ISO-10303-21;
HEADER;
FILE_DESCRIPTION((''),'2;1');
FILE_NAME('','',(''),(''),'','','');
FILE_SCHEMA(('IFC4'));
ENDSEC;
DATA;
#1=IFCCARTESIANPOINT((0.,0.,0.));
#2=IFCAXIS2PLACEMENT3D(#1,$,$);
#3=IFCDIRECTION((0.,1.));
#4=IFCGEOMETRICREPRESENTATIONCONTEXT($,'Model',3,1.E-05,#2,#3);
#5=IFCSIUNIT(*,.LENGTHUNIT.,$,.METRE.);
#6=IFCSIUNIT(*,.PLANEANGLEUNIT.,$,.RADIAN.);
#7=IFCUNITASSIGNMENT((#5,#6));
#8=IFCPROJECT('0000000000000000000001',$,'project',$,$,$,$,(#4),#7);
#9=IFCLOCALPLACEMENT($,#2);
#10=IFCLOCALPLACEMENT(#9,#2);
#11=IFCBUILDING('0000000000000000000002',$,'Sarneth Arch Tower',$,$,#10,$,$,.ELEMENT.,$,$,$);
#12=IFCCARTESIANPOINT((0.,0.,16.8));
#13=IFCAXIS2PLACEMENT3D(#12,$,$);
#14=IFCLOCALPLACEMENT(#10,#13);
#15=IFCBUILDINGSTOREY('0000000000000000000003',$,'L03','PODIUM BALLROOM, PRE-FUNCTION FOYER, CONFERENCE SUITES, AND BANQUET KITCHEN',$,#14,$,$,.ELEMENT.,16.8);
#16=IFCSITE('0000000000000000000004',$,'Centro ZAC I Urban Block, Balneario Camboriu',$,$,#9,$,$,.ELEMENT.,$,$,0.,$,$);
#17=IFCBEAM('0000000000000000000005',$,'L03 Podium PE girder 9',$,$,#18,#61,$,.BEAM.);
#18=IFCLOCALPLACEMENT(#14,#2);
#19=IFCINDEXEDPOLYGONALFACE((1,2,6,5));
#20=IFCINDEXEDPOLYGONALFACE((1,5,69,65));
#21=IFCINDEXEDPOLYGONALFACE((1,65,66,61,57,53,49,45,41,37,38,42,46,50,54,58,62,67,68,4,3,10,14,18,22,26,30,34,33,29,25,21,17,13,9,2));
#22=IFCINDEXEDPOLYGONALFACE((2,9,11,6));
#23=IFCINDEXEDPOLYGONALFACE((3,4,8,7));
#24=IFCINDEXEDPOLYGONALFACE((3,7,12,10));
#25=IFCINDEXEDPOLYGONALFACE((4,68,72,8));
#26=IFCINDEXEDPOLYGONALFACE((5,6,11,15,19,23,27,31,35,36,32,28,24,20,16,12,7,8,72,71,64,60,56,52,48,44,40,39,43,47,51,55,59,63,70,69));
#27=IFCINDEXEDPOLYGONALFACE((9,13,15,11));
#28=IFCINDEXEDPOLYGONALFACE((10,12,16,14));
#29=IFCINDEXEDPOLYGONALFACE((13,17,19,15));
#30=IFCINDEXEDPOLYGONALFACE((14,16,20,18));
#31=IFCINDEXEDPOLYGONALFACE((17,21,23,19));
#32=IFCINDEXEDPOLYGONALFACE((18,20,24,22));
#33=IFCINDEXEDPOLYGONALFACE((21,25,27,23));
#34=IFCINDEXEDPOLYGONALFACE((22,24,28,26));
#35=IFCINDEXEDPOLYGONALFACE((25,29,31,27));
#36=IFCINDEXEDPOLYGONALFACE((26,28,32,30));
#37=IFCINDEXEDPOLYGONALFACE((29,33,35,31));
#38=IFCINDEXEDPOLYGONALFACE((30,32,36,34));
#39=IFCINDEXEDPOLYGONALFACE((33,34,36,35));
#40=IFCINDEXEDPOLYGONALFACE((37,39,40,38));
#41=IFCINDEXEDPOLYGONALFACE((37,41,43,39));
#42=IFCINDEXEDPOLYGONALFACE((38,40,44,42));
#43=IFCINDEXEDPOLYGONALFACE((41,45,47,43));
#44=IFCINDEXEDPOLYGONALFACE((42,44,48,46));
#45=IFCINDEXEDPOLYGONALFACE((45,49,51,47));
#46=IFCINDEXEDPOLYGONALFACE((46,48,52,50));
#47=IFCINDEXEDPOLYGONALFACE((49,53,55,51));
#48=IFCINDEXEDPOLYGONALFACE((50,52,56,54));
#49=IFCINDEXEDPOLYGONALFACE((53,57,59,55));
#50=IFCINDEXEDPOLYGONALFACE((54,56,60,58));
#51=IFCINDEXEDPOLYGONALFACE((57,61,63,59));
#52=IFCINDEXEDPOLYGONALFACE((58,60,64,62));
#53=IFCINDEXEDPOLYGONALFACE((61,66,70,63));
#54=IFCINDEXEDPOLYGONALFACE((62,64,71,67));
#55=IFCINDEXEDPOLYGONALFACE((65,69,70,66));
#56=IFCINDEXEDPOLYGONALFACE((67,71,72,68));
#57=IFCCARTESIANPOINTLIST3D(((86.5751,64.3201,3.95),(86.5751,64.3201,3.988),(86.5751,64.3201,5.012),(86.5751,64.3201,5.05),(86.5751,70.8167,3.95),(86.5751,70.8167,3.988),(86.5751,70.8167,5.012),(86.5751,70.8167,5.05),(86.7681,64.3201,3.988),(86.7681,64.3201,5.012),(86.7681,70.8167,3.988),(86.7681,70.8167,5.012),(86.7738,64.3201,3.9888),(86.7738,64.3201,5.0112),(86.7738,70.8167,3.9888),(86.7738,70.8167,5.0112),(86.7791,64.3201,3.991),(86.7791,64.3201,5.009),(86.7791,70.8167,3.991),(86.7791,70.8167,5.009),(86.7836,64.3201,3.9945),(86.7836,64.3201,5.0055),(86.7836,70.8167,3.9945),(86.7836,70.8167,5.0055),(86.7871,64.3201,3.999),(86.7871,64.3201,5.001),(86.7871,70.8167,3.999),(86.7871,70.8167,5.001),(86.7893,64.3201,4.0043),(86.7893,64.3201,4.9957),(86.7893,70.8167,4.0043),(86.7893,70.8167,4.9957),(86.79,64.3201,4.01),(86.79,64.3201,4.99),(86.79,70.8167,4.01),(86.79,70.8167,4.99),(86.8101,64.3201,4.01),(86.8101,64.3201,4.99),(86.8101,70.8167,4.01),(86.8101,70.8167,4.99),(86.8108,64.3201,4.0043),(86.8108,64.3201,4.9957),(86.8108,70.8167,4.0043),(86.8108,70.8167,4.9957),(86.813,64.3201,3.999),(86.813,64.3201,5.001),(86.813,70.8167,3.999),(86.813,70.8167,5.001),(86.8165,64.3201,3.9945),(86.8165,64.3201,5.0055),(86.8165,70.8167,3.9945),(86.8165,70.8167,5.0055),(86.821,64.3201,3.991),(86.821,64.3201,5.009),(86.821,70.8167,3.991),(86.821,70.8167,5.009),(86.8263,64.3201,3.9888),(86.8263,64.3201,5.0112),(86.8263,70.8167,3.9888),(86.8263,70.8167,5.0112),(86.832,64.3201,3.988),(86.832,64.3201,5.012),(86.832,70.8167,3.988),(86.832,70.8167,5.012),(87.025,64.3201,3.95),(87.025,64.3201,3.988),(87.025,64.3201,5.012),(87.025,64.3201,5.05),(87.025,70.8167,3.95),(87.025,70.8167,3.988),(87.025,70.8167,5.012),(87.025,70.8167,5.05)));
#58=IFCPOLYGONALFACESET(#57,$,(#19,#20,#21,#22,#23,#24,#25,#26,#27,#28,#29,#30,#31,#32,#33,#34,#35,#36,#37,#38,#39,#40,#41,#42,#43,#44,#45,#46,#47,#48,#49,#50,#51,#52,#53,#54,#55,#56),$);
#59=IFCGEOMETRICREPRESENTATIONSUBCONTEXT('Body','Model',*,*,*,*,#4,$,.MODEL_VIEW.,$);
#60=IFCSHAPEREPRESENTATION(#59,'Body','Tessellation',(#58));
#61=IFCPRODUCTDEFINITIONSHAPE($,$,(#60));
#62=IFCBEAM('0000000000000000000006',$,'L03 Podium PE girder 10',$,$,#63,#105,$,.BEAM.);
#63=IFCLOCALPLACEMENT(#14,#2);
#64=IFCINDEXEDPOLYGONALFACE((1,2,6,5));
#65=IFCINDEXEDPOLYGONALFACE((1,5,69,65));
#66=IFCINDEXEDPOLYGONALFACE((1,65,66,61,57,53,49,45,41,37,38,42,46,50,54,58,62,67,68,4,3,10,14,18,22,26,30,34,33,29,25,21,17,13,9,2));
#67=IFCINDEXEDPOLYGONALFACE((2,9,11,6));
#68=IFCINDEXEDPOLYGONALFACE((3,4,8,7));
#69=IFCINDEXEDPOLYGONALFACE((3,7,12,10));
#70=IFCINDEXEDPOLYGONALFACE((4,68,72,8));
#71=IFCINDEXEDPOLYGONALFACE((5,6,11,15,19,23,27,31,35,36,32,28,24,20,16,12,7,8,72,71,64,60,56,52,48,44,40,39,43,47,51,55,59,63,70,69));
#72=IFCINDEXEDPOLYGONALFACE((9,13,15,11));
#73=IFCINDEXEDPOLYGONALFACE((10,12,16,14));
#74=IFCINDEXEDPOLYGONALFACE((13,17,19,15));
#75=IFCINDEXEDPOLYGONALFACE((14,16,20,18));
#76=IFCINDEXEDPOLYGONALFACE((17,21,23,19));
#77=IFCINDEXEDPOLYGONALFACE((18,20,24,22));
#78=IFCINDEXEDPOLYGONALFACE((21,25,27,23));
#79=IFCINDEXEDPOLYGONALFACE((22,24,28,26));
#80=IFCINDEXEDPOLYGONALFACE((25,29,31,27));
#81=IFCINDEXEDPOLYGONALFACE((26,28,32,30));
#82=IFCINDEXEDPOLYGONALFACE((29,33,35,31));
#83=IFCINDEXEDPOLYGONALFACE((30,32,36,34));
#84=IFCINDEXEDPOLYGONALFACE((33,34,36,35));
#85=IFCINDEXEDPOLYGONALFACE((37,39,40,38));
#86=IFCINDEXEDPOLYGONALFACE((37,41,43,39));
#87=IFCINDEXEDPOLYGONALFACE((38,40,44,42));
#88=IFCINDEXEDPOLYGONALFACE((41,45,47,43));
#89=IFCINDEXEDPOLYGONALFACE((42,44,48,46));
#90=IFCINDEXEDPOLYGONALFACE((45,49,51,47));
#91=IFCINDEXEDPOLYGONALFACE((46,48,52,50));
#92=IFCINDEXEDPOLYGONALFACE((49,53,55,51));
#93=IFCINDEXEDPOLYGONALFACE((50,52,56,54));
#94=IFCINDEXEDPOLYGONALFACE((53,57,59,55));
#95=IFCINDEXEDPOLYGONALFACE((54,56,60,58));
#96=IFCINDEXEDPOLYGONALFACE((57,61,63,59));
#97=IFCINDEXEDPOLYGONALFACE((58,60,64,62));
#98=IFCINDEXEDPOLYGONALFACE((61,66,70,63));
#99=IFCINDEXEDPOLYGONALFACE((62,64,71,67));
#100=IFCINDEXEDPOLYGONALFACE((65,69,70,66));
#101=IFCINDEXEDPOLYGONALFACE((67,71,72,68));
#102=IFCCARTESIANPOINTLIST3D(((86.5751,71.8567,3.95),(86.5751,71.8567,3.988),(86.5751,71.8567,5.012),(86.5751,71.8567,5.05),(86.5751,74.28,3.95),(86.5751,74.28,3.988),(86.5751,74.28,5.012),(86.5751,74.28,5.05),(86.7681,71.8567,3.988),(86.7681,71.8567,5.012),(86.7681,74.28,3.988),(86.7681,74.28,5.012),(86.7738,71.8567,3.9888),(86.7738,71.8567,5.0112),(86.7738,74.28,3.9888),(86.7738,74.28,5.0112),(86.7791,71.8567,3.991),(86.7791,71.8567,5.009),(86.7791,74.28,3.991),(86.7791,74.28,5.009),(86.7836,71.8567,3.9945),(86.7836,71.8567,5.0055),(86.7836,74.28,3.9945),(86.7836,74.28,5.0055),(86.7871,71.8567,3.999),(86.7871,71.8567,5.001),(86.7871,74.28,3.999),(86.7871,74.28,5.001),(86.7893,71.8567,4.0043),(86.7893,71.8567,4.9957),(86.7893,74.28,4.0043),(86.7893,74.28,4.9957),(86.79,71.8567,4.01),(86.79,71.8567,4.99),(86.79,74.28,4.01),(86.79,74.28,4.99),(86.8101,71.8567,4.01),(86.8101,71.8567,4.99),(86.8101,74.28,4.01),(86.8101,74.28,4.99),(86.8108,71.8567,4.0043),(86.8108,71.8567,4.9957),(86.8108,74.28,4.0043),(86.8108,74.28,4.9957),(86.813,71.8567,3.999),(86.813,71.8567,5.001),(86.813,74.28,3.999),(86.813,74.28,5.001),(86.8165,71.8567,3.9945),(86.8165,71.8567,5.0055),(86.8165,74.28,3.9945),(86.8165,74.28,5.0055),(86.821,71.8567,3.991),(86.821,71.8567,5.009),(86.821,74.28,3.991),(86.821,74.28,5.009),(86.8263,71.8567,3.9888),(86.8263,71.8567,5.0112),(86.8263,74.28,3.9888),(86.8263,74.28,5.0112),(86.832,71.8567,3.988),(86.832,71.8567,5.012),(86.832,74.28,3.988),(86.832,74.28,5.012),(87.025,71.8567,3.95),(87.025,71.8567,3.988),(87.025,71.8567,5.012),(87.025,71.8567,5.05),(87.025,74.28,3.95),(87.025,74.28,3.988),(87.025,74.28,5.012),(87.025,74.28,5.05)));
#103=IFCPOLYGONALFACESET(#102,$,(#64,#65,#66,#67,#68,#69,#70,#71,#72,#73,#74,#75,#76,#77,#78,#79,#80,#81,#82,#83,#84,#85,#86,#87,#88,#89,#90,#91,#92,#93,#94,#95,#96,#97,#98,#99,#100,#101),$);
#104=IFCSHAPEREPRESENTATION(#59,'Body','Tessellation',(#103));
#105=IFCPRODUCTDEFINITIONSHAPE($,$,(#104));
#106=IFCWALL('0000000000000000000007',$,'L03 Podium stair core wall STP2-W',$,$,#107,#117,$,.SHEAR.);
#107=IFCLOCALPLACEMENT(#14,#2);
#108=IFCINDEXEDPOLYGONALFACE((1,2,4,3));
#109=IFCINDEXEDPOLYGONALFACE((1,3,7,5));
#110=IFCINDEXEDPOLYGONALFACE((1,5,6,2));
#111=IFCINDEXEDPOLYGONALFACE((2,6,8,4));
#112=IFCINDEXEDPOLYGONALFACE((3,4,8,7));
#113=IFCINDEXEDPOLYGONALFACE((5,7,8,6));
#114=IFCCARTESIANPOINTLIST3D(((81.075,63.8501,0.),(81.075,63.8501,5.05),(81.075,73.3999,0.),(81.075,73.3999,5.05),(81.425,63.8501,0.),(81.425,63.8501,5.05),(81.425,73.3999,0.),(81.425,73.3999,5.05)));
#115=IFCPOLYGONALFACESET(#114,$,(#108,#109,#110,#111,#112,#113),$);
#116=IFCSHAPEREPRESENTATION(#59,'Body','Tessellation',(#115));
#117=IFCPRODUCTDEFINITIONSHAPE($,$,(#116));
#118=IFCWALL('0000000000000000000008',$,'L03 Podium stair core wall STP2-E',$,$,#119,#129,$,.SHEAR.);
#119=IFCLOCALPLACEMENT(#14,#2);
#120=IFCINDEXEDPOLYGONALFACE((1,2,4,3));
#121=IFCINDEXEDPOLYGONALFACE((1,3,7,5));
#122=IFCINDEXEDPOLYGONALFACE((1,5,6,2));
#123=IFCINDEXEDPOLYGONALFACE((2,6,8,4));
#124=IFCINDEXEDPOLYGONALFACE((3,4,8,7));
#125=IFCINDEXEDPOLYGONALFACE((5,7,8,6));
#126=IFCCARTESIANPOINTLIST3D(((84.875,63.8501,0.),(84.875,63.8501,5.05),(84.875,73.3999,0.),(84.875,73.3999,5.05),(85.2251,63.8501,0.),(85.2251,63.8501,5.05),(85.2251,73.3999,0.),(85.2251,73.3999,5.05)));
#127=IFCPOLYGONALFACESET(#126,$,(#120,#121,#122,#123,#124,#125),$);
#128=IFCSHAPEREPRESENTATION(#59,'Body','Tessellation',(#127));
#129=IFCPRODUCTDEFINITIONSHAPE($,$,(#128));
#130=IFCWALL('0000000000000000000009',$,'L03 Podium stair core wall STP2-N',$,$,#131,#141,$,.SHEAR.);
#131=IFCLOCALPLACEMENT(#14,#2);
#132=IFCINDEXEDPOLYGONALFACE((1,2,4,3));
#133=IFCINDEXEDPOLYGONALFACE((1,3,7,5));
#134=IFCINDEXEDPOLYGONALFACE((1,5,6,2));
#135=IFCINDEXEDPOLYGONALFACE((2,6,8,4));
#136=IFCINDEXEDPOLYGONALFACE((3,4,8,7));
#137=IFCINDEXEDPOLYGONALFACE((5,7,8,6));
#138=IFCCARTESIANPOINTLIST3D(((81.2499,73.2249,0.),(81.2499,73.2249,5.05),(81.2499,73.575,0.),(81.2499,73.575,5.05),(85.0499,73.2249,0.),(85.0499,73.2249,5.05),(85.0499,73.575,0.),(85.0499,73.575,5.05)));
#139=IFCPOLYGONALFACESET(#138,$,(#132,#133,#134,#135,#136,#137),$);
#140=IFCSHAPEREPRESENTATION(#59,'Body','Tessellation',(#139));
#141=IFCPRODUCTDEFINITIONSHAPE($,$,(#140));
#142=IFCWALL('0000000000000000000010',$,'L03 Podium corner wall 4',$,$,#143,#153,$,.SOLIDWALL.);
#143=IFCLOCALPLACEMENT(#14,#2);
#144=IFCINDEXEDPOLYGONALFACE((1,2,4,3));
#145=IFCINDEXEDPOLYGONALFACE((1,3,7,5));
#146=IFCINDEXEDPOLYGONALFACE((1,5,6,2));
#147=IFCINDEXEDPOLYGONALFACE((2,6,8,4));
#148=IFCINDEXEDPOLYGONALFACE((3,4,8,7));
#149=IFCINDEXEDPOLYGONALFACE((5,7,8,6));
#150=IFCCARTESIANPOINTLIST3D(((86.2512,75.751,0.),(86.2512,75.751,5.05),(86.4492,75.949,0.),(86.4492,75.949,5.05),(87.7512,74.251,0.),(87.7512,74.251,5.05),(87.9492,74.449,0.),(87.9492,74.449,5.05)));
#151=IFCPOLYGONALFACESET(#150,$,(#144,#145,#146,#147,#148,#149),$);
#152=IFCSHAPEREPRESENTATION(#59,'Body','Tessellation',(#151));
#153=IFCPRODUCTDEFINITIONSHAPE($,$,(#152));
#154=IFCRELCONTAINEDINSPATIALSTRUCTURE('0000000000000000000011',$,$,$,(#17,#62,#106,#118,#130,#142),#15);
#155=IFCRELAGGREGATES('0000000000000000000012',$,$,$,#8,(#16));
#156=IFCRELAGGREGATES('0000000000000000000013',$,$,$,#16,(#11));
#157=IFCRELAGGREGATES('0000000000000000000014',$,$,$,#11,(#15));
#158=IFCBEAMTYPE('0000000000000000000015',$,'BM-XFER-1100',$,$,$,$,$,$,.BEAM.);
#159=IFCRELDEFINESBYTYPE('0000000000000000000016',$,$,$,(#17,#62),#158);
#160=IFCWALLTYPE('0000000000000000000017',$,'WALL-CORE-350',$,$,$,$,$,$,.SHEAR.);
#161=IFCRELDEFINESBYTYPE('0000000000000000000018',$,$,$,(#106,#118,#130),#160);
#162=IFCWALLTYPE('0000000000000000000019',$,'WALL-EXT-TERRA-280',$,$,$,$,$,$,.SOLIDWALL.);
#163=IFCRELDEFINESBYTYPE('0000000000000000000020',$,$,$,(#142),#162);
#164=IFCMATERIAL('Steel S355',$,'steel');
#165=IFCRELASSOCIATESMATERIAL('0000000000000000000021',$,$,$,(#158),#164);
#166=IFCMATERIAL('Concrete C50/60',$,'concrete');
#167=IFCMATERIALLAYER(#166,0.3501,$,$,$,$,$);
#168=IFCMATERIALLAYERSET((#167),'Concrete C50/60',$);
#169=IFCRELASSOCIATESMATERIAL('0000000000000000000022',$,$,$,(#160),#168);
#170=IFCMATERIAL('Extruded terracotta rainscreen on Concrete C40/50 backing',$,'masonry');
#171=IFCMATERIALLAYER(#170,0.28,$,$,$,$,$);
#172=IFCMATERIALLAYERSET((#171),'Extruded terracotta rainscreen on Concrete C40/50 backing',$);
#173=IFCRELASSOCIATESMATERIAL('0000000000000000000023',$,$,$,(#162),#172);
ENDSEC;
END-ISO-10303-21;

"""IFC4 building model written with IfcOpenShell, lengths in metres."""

from ifc_helpers import new_model, si_unit, direction, frame, frame_2d, origin, origin_2d, place, context, subcontext, project, spatial, rectangle, i_section, extrude, material, layer, layer_set, material_profile, profile_set, type_object, element, save


model = new_model("IFC4")

# Units and contexts
model_context = context("Model", 3, precision=1e-05, world=origin(), true_north=direction((0.0, 1.0)))
body_context = subcontext(model_context, "Body", "Model", "MODEL_VIEW")
ifc_project = project(units=[si_unit("LENGTHUNIT", "METRE"), si_unit("PLANEANGLEUNIT", "RADIAN")], contexts=[model_context])

# Site, building, storey
site_placement = place(None, origin())
site = spatial("IfcSite", under=ifc_project, at=site_placement, Name="Centro ZAC I Urban Block, Balneario Camboriu", CompositionType="ELEMENT", RefElevation=0.0)
building_placement = place(site_placement, origin())
building = spatial("IfcBuilding", under=site, at=building_placement, Name="Sarneth Arch Tower", CompositionType="ELEMENT")
storey_placement = place(building_placement, frame((0.0, 0.0, 16.8)))
storey = spatial("IfcBuildingStorey", under=building, at=storey_placement, Name="L03", Description="PODIUM BALLROOM, PRE-FUNCTION FOYER, CONFERENCE SUITES, AND BANQUET KITCHEN", CompositionType="ELEMENT", Elevation=16.8)

# Beams
ifc_material_1 = material(Name="Steel S355", Category="steel")
ifc_material_profile_1 = material_profile(ifc_material_1, i_section(OverallWidth=0.45, OverallDepth=1.1001, WebThickness=0.02, FlangeThickness=0.0381, FilletRadius=0.022, at=origin_2d()), Name="CVS1100x456")
ifc_profile_set_1 = profile_set([ifc_material_profile_1], Name="Steel S355")
beam_type = type_object("IfcBeamType", Name="BM-XFER-1100", PredefinedType="BEAM", material=ifc_profile_set_1)
beam_1_placement = place(storey_placement, frame((86.8, 64.3201, 4.5), z_axis=(0.0, 1.0, 0.0), x_axis=(-1.0, 0.0, 0.0)))
element("IfcBeam", 1, at=beam_1_placement, inside=storey, type_object=beam_type, Name="L03 Podium PE girder 9", PredefinedType="BEAM", context=body_context, shape_type="SweptSolid", body=[
    extrude(i_section(OverallWidth=0.45, OverallDepth=1.1001, WebThickness=0.02, FlangeThickness=0.0381, FilletRadius=0.022, at=origin_2d()), origin(), (0.0, 0.0, 1.0), 6.4966),
])
beam_2_placement = place(storey_placement, frame((86.8, 71.8567, 4.5), z_axis=(0.0, 1.0, 0.0), x_axis=(-1.0, 0.0, 0.0)))
element("IfcBeam", 2, at=beam_2_placement, inside=storey, type_object=beam_type, Name="L03 Podium PE girder 10", PredefinedType="BEAM", context=body_context, shape_type="SweptSolid", body=[
    extrude(i_section(OverallWidth=0.45, OverallDepth=1.1001, WebThickness=0.02, FlangeThickness=0.0381, FilletRadius=0.022, at=origin_2d()), origin(), (0.0, 0.0, 1.0), 2.4233),
])

# Walls
ifc_material_2 = material(Name="Concrete C50/60", Category="concrete")
ifc_layer_1 = layer(ifc_material_2, 0.3501)
ifc_layer_set_1 = layer_set([ifc_layer_1], Name="Concrete C50/60")
wall_type_1 = type_object("IfcWallType", Name="WALL-CORE-350", PredefinedType="SHEAR", material=ifc_layer_set_1)
for number, where, z_axis, x_axis, name in (
    (3, (81.25, 63.8501, 0.0), (0.0, 0.0, 1.0), (0.0, 1.0, 0.0), "L03 Podium stair core wall STP2-W"),
    (4, (85.05, 63.8501, 0.0), (0.0, 0.0, 1.0), (0.0, 1.0, 0.0), "L03 Podium stair core wall STP2-E"),
):
    element("IfcWall", number, at=place(storey_placement, frame(where, z_axis=z_axis, x_axis=x_axis)), inside=storey, type_object=wall_type_1, Name=name, PredefinedType="SHEAR", context=body_context, shape_type="SweptSolid", body=[
        extrude(rectangle(XDim=9.5498, YDim=0.3501, at=frame_2d((4.7749, 0.0))), origin(), (0.0, 0.0, 1.0), 5.05),
    ])
wall_1_placement = place(storey_placement, frame((81.25, 73.3999, 0.0), z_axis=(0.0, 0.0, 1.0), x_axis=(1.0, 0.0, 0.0)))
element("IfcWall", 5, at=wall_1_placement, inside=storey, type_object=wall_type_1, Name="L03 Podium stair core wall STP2-N", PredefinedType="SHEAR", context=body_context, shape_type="SweptSolid", body=[
    extrude(rectangle(XDim=3.8, YDim=0.3501, at=frame_2d((1.8999, 0.0))), origin(), (0.0, 0.0, 1.0), 5.05),
])
ifc_material_3 = material(Name="Extruded terracotta rainscreen on Concrete C40/50 backing", Category="masonry")
ifc_layer_2 = layer(ifc_material_3, 0.28)
ifc_layer_set_2 = layer_set([ifc_layer_2], Name="Extruded terracotta rainscreen on Concrete C40/50 backing")
wall_type_2 = type_object("IfcWallType", Name="WALL-EXT-TERRA-280", PredefinedType="SOLIDWALL", material=ifc_layer_set_2)
wall_2_placement = place(storey_placement, frame((87.8501, 74.3501, 0.0), z_axis=(0.0, 0.0, 1.0), x_axis=(-0.707107, 0.707107, 0.0)))
element("IfcWall", 6, at=wall_2_placement, inside=storey, type_object=wall_type_2, Name="L03 Podium corner wall 4", PredefinedType="SOLIDWALL", context=body_context, shape_type="SweptSolid", body=[
    extrude(rectangle(XDim=2.1213, YDim=0.28, at=frame_2d((1.0605, 0.0))), origin(), (0.0, 0.0, 1.0), 5.05),
])

save(model, "model.ifc")
